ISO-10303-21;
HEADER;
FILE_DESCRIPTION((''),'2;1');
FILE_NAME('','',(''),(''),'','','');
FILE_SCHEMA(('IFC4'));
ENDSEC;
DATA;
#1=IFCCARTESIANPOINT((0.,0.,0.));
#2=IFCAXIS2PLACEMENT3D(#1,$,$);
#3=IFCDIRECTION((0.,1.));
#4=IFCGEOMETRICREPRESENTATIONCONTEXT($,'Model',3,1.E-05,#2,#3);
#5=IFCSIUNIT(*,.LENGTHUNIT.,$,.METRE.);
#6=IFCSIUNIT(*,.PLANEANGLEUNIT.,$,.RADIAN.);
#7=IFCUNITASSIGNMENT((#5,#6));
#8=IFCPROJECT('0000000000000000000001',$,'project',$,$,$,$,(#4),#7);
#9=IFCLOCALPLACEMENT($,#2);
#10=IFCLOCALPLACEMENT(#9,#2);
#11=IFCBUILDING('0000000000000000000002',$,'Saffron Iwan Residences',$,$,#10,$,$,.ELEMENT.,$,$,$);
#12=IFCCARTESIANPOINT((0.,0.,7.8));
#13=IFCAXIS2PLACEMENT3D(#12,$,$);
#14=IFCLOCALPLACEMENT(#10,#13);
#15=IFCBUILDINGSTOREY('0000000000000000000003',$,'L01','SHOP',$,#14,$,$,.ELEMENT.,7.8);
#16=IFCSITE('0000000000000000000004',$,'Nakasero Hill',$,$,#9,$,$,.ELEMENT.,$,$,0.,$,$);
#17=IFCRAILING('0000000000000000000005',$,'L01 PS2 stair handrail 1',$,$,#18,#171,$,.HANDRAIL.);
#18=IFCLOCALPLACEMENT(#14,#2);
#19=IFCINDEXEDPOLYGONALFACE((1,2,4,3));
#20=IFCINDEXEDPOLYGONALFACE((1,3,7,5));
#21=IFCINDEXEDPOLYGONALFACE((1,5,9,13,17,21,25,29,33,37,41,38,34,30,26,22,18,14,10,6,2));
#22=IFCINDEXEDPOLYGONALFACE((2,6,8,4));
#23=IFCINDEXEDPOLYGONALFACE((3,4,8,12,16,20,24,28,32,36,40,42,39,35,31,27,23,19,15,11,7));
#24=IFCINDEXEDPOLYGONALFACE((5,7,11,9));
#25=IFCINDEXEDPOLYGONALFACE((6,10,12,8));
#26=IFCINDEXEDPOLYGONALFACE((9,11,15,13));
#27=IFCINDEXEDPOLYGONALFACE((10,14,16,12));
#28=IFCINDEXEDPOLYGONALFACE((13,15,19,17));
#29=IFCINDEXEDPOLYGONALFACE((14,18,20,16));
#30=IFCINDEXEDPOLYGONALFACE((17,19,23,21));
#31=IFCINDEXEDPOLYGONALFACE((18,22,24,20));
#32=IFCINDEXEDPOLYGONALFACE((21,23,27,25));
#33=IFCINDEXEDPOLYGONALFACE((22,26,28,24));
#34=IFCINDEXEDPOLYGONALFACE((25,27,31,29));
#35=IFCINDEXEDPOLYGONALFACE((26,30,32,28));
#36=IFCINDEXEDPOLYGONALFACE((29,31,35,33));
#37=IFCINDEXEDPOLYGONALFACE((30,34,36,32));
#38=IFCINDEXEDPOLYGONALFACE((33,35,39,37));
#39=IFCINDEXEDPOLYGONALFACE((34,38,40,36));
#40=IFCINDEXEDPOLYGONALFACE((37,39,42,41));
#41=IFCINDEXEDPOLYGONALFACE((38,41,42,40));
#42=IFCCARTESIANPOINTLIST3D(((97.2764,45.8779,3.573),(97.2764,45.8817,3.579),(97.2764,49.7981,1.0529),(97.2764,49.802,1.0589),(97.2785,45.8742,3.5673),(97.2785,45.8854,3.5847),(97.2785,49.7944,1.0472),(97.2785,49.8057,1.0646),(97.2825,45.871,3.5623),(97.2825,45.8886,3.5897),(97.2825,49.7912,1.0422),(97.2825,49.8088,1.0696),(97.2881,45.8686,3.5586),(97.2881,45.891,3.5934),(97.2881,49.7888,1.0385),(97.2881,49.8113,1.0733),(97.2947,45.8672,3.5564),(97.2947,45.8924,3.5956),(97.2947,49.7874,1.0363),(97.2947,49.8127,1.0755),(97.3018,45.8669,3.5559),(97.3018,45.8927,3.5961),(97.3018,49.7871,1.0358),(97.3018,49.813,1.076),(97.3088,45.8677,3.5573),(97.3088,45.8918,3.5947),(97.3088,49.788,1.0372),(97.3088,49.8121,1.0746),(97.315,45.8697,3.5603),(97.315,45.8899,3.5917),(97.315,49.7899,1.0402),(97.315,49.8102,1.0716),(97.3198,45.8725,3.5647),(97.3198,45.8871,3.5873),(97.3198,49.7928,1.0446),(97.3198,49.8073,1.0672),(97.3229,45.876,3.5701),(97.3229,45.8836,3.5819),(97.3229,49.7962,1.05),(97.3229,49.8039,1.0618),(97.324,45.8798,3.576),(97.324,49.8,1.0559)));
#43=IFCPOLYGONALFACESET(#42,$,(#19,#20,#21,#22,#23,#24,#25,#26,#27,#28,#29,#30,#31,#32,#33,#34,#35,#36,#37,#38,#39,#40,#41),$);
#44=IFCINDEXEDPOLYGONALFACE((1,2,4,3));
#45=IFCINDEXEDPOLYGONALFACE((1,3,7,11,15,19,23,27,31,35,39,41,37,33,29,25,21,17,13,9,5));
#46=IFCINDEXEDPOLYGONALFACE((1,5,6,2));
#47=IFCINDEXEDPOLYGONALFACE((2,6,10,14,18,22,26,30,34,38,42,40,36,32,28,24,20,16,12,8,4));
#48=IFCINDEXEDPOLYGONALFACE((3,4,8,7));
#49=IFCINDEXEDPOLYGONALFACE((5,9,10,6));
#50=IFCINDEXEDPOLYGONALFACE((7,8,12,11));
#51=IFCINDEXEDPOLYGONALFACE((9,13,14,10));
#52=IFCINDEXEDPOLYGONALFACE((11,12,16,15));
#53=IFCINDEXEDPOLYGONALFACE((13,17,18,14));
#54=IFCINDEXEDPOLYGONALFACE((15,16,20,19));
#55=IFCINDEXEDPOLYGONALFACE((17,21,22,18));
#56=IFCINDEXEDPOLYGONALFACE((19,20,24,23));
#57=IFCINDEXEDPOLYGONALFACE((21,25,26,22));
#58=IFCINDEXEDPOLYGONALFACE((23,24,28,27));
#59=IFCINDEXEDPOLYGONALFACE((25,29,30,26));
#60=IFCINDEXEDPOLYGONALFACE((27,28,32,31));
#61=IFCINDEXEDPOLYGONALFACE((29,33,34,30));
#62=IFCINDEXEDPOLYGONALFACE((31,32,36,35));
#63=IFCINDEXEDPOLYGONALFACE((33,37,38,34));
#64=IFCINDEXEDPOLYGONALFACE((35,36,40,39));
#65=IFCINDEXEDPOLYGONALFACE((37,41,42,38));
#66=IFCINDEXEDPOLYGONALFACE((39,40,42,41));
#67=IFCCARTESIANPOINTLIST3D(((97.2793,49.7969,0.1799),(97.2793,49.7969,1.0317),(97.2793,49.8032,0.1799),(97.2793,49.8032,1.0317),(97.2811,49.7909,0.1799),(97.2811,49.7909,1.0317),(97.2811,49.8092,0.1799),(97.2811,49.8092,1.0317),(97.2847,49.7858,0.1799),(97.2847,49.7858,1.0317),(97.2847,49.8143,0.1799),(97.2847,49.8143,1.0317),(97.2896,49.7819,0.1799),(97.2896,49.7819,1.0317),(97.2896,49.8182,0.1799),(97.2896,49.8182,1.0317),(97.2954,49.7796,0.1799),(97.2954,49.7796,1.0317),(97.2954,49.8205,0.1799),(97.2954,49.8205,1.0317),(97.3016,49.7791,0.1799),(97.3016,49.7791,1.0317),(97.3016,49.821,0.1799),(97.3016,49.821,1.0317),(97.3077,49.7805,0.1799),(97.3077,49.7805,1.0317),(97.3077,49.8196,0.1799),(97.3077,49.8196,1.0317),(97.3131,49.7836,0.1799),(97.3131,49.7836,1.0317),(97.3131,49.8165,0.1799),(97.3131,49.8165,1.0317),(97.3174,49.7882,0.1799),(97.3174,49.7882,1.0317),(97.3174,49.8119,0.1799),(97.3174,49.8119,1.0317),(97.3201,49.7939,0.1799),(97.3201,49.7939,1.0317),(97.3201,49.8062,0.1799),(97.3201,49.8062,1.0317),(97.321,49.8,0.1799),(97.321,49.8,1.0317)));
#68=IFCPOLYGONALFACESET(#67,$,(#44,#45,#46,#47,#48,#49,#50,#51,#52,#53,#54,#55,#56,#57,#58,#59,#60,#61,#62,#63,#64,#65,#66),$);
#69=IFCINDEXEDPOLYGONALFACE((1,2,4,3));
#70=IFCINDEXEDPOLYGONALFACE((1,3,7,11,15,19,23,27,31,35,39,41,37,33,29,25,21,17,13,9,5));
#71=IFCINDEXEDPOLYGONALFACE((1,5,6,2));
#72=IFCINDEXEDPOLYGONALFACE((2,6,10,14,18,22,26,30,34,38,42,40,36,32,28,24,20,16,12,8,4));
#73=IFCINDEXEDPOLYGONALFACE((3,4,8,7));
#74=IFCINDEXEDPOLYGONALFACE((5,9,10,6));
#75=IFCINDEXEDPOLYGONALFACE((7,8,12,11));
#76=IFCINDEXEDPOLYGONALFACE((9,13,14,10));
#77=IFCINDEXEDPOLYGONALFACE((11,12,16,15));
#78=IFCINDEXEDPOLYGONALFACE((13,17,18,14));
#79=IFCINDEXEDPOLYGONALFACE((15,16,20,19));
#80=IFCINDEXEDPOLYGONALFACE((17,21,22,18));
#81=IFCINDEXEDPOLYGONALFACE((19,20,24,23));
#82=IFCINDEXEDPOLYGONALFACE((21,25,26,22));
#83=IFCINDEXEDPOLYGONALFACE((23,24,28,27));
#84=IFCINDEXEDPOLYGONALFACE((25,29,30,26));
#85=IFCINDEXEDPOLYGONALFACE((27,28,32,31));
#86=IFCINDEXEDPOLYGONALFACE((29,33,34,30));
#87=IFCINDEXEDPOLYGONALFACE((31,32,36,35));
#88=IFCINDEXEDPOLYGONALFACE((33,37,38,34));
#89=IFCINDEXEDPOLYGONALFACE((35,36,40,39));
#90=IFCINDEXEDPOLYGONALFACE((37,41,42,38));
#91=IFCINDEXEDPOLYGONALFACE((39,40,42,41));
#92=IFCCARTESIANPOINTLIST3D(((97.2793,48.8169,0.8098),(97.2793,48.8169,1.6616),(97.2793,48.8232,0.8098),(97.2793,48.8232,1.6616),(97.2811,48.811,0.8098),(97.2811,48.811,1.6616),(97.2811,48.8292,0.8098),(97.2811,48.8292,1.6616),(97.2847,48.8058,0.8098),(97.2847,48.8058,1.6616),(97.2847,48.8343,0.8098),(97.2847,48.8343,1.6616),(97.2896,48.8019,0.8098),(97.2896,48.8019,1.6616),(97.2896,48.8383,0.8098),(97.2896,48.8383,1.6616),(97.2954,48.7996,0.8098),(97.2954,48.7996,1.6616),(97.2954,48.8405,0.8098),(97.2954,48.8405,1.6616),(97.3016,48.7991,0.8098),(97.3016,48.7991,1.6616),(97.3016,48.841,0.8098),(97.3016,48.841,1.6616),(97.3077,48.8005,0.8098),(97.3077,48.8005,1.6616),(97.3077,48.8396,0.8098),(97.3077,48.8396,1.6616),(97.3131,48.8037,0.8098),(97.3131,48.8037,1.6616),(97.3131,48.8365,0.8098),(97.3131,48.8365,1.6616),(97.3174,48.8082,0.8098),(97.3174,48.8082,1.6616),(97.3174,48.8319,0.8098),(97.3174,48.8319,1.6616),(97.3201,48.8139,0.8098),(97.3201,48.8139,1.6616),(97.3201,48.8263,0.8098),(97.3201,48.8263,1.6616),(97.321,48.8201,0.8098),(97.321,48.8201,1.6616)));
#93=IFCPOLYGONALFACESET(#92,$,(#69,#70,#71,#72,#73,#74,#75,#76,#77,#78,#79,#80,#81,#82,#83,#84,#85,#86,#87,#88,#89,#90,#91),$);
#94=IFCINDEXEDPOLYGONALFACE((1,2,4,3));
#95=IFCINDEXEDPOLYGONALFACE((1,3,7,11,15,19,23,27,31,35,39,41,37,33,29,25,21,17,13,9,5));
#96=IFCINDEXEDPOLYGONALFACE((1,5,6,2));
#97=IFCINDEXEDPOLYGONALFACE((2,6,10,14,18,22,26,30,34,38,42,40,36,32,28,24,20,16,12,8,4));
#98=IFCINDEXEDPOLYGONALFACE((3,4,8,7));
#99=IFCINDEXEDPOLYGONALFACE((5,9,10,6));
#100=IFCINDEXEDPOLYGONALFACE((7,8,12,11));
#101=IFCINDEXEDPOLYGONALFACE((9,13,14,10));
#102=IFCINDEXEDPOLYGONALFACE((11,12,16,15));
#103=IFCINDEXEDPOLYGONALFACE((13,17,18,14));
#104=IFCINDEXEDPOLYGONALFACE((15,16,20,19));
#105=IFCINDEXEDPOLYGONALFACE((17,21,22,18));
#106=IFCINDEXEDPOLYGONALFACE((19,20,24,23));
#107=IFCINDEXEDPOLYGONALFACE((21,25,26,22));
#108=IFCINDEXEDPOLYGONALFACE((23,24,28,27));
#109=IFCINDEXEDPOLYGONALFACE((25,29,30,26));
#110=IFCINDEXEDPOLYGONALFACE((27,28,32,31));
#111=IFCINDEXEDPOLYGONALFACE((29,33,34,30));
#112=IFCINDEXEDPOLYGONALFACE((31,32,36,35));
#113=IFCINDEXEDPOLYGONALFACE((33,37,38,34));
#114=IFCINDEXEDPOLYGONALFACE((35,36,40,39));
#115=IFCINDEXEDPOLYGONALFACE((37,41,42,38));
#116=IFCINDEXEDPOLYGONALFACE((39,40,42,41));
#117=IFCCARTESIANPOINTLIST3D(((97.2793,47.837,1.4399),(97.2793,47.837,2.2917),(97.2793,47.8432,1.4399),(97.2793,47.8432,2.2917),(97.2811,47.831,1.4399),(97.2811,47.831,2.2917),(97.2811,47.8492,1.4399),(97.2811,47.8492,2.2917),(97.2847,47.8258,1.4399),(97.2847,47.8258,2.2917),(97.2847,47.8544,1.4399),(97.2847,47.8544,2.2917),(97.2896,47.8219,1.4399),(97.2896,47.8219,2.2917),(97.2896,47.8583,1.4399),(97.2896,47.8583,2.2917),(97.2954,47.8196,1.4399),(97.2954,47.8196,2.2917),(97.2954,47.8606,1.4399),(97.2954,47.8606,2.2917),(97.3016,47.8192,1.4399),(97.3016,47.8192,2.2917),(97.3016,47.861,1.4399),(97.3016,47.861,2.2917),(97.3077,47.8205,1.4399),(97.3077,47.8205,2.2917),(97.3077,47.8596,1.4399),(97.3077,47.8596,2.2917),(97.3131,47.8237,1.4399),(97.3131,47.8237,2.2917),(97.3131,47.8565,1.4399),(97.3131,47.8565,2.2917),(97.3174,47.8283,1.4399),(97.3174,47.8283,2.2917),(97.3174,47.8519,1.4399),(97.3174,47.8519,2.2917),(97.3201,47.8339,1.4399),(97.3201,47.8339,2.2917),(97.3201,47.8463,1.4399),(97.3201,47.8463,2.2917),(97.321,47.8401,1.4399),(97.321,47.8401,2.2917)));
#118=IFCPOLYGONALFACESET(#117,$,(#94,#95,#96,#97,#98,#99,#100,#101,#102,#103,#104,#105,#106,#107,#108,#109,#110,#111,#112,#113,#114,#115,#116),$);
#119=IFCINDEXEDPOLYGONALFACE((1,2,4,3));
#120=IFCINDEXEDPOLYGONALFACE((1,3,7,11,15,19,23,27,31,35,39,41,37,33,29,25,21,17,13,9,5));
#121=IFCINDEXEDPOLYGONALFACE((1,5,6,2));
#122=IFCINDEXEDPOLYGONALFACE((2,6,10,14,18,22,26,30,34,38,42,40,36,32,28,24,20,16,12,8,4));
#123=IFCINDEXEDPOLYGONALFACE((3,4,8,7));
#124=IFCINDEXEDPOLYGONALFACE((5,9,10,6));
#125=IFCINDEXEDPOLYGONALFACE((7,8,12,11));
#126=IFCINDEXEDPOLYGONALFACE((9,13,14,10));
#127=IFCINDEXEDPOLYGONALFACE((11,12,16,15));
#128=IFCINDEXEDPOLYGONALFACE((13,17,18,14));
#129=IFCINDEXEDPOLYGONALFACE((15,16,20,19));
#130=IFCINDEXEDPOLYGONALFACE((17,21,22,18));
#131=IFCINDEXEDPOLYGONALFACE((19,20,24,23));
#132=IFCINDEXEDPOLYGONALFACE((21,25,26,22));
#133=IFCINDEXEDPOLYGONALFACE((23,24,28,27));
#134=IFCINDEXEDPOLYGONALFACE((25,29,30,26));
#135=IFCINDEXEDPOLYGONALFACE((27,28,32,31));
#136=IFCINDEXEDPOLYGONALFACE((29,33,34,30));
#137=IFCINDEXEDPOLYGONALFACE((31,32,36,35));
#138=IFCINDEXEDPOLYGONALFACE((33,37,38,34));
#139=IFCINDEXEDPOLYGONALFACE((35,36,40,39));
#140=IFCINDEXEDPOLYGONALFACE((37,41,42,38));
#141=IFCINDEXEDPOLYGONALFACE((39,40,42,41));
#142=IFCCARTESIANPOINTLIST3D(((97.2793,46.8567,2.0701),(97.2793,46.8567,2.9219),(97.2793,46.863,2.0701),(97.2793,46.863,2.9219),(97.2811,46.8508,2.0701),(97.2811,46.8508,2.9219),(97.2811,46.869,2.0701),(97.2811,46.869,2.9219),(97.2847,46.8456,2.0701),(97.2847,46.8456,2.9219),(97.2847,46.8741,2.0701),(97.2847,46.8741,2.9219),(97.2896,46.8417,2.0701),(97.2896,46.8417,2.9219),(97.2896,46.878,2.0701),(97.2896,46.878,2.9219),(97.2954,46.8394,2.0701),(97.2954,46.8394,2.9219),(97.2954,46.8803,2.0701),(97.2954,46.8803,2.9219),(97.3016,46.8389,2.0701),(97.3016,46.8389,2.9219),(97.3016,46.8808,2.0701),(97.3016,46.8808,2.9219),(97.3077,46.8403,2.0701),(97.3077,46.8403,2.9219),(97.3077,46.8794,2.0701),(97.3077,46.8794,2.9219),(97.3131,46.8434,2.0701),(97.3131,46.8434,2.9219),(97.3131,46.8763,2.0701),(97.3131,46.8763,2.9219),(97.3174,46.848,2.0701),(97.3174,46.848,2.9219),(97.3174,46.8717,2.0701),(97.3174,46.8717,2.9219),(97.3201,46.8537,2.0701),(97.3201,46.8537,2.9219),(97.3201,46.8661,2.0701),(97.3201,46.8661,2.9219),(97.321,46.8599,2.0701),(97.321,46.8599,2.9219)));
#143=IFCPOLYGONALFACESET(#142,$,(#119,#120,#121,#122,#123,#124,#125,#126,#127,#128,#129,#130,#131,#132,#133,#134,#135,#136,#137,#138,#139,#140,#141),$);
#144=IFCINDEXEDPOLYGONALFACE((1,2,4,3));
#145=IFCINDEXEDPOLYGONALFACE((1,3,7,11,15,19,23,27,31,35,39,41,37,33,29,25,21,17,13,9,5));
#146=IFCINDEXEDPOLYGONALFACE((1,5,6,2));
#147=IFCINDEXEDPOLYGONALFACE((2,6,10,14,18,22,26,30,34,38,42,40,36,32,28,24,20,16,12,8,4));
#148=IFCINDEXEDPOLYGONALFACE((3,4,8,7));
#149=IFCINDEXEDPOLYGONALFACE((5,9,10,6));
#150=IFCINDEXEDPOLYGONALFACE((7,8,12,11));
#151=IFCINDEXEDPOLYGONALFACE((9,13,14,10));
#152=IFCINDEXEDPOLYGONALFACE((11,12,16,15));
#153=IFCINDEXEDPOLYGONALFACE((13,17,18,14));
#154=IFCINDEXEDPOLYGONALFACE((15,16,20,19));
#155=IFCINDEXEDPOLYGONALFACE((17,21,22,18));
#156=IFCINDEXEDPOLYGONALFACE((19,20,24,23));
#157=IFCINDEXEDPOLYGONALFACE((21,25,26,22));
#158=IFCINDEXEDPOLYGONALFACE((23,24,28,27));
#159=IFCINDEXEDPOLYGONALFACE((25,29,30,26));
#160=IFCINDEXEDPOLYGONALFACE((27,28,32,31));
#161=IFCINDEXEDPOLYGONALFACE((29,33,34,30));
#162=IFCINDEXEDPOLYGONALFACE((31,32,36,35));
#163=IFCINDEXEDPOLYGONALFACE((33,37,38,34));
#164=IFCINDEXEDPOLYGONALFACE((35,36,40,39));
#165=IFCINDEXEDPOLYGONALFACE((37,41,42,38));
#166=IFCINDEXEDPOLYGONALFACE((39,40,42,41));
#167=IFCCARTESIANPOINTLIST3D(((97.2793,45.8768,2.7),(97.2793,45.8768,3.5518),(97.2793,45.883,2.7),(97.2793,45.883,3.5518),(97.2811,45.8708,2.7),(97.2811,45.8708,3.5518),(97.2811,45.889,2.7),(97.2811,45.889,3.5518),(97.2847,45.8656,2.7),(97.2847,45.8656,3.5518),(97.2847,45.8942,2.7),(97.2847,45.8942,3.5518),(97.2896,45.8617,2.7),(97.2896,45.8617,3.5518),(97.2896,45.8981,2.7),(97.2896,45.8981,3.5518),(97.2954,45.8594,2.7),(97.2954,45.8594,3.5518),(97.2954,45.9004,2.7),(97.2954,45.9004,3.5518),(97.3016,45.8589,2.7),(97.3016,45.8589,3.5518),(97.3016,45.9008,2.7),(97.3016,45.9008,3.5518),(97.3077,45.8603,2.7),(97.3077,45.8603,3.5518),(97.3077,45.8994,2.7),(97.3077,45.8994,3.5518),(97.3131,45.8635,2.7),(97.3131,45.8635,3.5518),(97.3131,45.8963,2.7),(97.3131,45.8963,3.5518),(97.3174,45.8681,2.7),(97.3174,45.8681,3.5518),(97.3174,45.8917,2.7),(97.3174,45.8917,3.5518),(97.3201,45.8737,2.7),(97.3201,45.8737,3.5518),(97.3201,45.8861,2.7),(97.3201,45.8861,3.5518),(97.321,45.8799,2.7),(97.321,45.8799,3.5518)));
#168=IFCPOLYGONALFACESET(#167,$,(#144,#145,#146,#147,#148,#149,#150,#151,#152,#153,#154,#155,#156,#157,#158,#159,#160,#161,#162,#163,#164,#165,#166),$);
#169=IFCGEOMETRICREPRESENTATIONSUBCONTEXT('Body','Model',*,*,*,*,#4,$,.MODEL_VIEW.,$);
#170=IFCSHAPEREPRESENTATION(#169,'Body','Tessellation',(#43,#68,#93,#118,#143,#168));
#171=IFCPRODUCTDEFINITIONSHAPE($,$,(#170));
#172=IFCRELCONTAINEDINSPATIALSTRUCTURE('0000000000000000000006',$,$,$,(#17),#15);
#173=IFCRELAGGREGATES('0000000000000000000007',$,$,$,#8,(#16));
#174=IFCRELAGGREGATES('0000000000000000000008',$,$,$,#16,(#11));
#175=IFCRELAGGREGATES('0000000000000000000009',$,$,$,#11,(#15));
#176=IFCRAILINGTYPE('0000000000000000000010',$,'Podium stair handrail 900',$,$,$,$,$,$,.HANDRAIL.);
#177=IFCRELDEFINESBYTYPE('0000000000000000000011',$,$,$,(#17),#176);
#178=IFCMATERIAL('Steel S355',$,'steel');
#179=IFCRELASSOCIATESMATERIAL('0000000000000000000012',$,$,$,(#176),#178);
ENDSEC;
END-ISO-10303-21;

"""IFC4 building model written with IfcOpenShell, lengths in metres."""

from ifc_helpers import new_model, si_unit, direction, frame, origin, origin_2d, place, context, subcontext, project, spatial, circle, extrude, material, type_object, element, save


model = new_model("IFC4")

# Units and contexts
model_context = context("Model", 3, precision=1e-05, world=origin(), true_north=direction((0.0, 1.0)))
body_context = subcontext(model_context, "Body", "Model", "MODEL_VIEW")
ifc_project = project(units=[si_unit("LENGTHUNIT", "METRE"), si_unit("PLANEANGLEUNIT", "RADIAN")], contexts=[model_context])

# Site, building, storey
site_placement = place(None, origin())
site = spatial("IfcSite", under=ifc_project, at=site_placement, Name="Nakasero Hill", CompositionType="ELEMENT", RefElevation=0.0)
building_placement = place(site_placement, origin())
building = spatial("IfcBuilding", under=site, at=building_placement, Name="Saffron Iwan Residences", CompositionType="ELEMENT")
storey_placement = place(building_placement, frame((0.0, 0.0, 7.8)))
storey = spatial("IfcBuildingStorey", under=building, at=storey_placement, Name="L01", Description="SHOP", CompositionType="ELEMENT", Elevation=7.8)

# Railing
ifc_material_1 = material(Name="Steel S355", Category="steel")
railing_type_1 = type_object("IfcRailingType", Name="Podium stair handrail 900", PredefinedType="HANDRAIL", material=ifc_material_1)
railing_1_placement = place(storey_placement, frame((97.3, 49.8, 0.1799)))
element("IfcRailing", 1, at=railing_1_placement, inside=storey, type_object=railing_type_1, Name="L01 PS2 stair handrail 1", PredefinedType="HANDRAIL", context=body_context, shape_type="SweptSolid", body=[
    extrude(circle(Radius=0.0239, at=origin_2d()), frame((0.0, 0.0, 0.876), z_axis=(0.0, -0.841187, 0.540744), x_axis=(1.0, 0.0, 0.0)), (0.0, 0.0, 1.0), 4.6604),
    extrude(circle(Radius=0.021, at=origin_2d()), origin(), (0.0, 0.0, 1.0), 0.8518),
    extrude(circle(Radius=0.021, at=origin_2d()), frame((0.0, -0.98, 0.6299)), (0.0, 0.0, 1.0), 0.8518),
    extrude(circle(Radius=0.021, at=origin_2d()), frame((0.0, -1.96, 1.26)), (0.0, 0.0, 1.0), 0.8518),
    extrude(circle(Radius=0.021, at=origin_2d()), frame((0.0, -2.9402, 1.8901)), (0.0, 0.0, 1.0), 0.8518),
    extrude(circle(Radius=0.021, at=origin_2d()), frame((0.0, -3.9202, 2.52)), (0.0, 0.0, 1.0), 0.8518),
])

save(model, "model.ifc")
